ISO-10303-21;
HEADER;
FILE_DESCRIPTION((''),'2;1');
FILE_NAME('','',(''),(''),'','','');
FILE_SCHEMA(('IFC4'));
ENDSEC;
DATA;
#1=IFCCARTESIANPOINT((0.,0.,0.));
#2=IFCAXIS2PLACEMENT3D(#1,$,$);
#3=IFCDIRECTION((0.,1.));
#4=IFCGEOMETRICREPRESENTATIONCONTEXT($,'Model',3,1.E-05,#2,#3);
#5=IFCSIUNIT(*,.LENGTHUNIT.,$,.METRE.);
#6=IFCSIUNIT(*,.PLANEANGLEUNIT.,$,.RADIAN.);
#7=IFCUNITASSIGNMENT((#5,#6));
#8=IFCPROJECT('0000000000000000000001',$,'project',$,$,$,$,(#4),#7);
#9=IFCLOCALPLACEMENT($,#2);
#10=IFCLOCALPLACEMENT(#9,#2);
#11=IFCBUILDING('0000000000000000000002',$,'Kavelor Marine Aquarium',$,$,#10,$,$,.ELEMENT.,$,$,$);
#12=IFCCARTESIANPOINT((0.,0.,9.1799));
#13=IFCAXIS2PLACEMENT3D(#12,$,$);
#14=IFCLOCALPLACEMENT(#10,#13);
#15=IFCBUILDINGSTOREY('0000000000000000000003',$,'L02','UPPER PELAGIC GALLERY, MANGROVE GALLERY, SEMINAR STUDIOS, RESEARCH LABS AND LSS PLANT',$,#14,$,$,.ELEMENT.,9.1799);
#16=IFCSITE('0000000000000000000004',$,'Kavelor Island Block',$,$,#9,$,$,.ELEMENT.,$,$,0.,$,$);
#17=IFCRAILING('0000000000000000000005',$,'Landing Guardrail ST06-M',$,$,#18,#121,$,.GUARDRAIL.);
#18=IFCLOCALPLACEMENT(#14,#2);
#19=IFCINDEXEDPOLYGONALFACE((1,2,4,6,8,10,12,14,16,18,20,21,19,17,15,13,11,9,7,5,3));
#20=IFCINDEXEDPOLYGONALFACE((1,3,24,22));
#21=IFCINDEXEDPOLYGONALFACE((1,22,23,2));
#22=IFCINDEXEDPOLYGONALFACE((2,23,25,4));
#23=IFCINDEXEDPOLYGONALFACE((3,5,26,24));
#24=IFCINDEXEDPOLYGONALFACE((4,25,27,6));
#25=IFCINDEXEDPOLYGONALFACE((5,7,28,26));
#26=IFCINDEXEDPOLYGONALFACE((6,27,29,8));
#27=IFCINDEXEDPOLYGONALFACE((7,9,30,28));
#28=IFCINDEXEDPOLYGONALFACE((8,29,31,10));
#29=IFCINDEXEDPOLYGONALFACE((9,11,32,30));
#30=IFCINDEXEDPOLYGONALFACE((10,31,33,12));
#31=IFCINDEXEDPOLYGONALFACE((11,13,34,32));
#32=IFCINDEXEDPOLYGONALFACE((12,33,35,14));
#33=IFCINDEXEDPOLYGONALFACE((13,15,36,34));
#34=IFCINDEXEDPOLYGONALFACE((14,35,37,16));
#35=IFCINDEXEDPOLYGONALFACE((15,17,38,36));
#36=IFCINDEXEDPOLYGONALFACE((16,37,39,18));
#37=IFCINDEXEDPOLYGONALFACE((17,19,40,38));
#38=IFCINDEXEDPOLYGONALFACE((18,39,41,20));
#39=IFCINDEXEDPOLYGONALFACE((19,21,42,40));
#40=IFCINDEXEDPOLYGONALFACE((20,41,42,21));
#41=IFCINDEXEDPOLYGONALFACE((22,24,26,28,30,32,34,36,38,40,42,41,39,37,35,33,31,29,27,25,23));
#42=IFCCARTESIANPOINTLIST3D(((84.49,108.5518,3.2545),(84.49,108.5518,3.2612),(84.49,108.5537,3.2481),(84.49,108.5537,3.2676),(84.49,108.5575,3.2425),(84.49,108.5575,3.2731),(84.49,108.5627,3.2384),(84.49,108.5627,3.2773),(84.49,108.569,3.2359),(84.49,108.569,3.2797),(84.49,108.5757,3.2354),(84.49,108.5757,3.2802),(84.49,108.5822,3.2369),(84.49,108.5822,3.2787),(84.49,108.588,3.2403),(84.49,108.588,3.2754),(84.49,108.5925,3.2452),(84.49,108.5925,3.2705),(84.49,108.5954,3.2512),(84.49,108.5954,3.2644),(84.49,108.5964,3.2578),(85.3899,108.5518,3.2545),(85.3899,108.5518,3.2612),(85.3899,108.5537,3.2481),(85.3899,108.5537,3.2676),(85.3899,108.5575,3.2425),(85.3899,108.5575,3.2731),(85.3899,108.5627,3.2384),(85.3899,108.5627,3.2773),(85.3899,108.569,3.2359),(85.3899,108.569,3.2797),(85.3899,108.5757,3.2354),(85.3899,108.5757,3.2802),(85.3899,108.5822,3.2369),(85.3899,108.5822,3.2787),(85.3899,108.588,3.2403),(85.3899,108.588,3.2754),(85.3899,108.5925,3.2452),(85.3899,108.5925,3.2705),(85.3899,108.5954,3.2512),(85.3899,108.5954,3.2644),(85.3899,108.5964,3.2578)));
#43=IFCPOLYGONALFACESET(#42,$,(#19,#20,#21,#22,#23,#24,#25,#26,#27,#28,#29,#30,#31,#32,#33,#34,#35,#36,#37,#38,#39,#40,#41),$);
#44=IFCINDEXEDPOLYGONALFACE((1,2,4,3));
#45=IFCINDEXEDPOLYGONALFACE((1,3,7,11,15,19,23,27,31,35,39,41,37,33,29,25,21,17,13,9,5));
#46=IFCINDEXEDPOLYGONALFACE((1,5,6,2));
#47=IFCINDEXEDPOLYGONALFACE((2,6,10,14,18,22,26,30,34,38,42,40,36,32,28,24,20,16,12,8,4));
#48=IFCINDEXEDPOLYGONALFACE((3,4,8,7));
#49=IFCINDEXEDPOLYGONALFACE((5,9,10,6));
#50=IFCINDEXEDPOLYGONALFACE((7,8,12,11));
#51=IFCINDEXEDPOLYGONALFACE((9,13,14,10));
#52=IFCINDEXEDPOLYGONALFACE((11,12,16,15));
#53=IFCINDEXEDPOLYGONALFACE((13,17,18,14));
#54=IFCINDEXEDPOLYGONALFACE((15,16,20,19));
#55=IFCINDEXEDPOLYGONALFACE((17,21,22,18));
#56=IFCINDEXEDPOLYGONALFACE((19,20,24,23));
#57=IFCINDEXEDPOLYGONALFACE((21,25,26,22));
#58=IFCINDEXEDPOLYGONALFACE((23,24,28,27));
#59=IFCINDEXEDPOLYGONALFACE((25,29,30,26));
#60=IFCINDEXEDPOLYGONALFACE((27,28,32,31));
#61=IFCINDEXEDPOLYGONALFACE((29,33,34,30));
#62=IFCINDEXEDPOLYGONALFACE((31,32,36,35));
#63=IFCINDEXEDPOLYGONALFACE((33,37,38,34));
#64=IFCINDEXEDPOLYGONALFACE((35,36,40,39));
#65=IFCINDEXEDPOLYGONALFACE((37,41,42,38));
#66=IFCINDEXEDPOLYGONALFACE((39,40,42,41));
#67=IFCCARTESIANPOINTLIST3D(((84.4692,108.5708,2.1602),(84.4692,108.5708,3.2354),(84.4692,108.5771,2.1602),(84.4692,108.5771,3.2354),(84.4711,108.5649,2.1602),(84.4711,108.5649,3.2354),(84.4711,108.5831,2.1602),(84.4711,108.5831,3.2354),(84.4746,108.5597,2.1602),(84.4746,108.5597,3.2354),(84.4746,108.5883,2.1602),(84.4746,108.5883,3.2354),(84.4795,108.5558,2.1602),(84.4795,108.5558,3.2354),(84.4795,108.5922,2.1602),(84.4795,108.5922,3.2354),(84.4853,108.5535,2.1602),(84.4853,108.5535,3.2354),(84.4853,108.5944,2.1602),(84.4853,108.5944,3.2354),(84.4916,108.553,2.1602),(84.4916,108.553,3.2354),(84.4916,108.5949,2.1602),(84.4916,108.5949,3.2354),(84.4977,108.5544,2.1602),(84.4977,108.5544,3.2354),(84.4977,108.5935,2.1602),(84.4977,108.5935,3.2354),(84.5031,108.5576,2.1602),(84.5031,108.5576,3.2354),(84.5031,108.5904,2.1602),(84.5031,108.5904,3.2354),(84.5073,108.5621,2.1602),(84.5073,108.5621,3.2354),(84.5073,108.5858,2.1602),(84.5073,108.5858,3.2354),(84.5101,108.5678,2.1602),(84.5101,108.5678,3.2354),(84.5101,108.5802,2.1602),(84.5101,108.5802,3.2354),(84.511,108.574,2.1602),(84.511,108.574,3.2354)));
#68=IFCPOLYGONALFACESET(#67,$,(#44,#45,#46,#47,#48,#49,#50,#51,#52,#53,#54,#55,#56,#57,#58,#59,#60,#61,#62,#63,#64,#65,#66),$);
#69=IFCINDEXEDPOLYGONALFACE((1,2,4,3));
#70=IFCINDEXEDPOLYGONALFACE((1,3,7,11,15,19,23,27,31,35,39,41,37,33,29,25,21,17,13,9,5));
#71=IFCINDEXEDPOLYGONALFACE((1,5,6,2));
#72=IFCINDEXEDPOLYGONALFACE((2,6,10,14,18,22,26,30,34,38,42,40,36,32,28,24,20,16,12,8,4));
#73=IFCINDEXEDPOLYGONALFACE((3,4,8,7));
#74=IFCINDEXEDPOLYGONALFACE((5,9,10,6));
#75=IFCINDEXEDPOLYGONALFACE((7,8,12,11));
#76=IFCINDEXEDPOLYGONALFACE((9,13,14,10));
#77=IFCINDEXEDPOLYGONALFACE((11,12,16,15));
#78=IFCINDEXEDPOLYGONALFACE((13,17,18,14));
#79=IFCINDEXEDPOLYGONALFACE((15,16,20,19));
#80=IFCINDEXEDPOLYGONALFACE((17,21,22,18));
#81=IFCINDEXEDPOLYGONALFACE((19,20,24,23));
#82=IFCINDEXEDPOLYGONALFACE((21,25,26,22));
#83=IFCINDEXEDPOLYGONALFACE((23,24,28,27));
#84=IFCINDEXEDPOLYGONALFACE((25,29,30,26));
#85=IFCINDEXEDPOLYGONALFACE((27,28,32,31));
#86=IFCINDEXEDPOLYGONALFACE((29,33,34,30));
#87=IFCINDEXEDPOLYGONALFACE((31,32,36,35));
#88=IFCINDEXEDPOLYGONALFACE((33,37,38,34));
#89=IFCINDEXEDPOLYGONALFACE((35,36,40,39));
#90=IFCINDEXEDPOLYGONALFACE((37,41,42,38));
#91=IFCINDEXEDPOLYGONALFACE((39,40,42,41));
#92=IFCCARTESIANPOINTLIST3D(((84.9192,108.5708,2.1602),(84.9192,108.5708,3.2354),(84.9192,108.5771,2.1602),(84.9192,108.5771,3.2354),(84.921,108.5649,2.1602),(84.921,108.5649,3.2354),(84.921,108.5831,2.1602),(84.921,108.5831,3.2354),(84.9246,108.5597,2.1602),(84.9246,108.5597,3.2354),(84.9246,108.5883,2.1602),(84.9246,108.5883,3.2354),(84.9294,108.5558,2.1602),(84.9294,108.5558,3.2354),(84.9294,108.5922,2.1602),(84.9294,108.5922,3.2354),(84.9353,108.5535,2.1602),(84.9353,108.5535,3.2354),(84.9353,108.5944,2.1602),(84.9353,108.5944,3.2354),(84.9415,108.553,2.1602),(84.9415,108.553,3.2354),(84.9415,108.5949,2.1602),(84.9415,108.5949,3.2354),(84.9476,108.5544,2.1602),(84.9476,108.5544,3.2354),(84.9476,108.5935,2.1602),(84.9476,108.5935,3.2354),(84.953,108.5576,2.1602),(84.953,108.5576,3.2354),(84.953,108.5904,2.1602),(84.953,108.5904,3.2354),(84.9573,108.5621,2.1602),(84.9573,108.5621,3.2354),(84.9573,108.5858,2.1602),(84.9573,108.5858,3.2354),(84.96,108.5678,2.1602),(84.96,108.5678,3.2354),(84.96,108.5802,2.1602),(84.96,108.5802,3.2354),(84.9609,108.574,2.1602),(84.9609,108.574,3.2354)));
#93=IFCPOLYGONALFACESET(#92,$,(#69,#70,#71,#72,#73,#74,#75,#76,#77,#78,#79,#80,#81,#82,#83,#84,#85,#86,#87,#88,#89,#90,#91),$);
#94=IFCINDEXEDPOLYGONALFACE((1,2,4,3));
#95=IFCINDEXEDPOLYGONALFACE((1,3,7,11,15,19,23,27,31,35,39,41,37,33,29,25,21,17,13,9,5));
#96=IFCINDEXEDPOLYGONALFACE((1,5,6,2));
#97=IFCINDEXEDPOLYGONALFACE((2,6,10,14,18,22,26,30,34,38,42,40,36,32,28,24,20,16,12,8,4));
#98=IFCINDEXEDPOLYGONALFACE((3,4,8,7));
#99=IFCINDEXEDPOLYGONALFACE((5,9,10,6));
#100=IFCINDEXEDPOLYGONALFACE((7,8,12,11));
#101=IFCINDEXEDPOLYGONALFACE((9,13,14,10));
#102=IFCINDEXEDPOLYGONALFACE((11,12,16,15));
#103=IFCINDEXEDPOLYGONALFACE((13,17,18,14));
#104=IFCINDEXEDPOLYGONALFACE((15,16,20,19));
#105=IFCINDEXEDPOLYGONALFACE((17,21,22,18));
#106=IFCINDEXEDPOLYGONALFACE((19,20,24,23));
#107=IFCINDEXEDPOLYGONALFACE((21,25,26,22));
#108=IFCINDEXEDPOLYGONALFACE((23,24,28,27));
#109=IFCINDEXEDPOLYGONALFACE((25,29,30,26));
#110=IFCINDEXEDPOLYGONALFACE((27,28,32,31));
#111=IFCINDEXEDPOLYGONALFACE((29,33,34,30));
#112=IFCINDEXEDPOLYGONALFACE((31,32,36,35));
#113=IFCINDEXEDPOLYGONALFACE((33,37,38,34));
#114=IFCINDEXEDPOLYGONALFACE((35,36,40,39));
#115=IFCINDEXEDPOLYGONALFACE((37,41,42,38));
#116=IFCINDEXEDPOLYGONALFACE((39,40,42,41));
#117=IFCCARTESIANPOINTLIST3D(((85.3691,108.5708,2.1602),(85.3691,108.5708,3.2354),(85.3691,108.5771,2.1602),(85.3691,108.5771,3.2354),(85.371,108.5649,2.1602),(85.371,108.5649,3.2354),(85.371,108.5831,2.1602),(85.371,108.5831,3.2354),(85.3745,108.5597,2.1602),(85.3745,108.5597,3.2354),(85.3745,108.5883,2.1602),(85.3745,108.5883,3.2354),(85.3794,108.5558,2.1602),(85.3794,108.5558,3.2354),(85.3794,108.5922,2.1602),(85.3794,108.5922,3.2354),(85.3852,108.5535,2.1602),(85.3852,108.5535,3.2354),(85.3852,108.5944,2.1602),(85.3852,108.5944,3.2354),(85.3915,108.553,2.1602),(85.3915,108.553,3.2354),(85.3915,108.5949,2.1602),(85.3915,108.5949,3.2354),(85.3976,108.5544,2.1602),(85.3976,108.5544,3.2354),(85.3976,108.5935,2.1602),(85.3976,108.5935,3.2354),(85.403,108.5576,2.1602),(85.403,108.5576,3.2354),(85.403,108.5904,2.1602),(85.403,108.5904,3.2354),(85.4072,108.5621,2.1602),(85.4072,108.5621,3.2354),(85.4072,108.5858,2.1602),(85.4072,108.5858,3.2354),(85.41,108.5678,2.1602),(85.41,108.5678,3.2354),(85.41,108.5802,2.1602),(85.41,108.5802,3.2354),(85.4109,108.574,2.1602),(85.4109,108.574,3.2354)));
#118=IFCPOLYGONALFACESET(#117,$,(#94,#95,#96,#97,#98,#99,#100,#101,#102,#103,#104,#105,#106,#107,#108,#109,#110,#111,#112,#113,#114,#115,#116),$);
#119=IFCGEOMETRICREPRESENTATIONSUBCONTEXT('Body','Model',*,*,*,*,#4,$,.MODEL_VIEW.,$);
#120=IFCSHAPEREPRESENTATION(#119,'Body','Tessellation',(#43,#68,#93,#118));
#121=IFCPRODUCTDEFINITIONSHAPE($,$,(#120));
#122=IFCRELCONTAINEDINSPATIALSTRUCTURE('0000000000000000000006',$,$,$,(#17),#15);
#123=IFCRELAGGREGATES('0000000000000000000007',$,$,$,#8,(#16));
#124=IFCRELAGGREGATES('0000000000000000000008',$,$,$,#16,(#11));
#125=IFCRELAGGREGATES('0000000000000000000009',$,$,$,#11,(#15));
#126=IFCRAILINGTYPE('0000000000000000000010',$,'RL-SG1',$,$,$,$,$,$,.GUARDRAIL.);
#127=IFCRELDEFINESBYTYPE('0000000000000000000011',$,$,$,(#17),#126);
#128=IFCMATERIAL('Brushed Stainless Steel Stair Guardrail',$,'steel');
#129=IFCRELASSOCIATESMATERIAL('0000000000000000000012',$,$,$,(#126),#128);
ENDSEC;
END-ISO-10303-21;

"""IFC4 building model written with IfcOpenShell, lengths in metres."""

from ifc_helpers import new_model, si_unit, direction, frame, origin, origin_2d, place, context, subcontext, project, spatial, circle, extrude, material, type_object, element, save


model = new_model("IFC4")

# Units and contexts
model_context = context("Model", 3, precision=1e-05, world=origin(), true_north=direction((0.0, 1.0)))
body_context = subcontext(model_context, "Body", "Model", "MODEL_VIEW")
ifc_project = project(units=[si_unit("LENGTHUNIT", "METRE"), si_unit("PLANEANGLEUNIT", "RADIAN")], contexts=[model_context])

# Site, building, storey
site_placement = place(None, origin())
site = spatial("IfcSite", under=ifc_project, at=site_placement, Name="Kavelor Island Block", CompositionType="ELEMENT", RefElevation=0.0)
building_placement = place(site_placement, origin())
building = spatial("IfcBuilding", under=site, at=building_placement, Name="Kavelor Marine Aquarium", CompositionType="ELEMENT")
storey_placement = place(building_placement, frame((0.0, 0.0, 9.1799)))
storey = spatial("IfcBuildingStorey", under=building, at=storey_placement, Name="L02", Description="UPPER PELAGIC GALLERY, MANGROVE GALLERY, SEMINAR STUDIOS, RESEARCH LABS AND LSS PLANT", CompositionType="ELEMENT", Elevation=9.1799)

# Railing
ifc_material_1 = material(Name="Brushed Stainless Steel Stair Guardrail", Category="steel")
railing_type_1 = type_object("IfcRailingType", Name="RL-SG1", PredefinedType="GUARDRAIL", material=ifc_material_1)
railing_1_placement = place(storey_placement, frame((84.49, 108.574, 2.1602)))
element("IfcRailing", 1, at=railing_1_placement, inside=storey, type_object=railing_type_1, Name="Landing Guardrail ST06-M", PredefinedType="GUARDRAIL", context=body_context, shape_type="SweptSolid", body=[
    extrude(circle(Radius=0.0225, at=origin_2d()), frame((0.0, 0.0, 1.0977), z_axis=(1.0, 0.0, 0.0), x_axis=(0.0, 1.0, 0.0)), (0.0, 0.0, 1.0), 0.8999),
    extrude(circle(Radius=0.021, at=origin_2d()), origin(), (0.0, 0.0, 1.0), 1.0752),
    extrude(circle(Radius=0.021, at=origin_2d()), frame((0.45, 0.0, 0.0)), (0.0, 0.0, 1.0), 1.0752),
    extrude(circle(Radius=0.021, at=origin_2d()), frame((0.8999, 0.0, 0.0)), (0.0, 0.0, 1.0), 1.0752),
])

save(model, "model.ifc")
